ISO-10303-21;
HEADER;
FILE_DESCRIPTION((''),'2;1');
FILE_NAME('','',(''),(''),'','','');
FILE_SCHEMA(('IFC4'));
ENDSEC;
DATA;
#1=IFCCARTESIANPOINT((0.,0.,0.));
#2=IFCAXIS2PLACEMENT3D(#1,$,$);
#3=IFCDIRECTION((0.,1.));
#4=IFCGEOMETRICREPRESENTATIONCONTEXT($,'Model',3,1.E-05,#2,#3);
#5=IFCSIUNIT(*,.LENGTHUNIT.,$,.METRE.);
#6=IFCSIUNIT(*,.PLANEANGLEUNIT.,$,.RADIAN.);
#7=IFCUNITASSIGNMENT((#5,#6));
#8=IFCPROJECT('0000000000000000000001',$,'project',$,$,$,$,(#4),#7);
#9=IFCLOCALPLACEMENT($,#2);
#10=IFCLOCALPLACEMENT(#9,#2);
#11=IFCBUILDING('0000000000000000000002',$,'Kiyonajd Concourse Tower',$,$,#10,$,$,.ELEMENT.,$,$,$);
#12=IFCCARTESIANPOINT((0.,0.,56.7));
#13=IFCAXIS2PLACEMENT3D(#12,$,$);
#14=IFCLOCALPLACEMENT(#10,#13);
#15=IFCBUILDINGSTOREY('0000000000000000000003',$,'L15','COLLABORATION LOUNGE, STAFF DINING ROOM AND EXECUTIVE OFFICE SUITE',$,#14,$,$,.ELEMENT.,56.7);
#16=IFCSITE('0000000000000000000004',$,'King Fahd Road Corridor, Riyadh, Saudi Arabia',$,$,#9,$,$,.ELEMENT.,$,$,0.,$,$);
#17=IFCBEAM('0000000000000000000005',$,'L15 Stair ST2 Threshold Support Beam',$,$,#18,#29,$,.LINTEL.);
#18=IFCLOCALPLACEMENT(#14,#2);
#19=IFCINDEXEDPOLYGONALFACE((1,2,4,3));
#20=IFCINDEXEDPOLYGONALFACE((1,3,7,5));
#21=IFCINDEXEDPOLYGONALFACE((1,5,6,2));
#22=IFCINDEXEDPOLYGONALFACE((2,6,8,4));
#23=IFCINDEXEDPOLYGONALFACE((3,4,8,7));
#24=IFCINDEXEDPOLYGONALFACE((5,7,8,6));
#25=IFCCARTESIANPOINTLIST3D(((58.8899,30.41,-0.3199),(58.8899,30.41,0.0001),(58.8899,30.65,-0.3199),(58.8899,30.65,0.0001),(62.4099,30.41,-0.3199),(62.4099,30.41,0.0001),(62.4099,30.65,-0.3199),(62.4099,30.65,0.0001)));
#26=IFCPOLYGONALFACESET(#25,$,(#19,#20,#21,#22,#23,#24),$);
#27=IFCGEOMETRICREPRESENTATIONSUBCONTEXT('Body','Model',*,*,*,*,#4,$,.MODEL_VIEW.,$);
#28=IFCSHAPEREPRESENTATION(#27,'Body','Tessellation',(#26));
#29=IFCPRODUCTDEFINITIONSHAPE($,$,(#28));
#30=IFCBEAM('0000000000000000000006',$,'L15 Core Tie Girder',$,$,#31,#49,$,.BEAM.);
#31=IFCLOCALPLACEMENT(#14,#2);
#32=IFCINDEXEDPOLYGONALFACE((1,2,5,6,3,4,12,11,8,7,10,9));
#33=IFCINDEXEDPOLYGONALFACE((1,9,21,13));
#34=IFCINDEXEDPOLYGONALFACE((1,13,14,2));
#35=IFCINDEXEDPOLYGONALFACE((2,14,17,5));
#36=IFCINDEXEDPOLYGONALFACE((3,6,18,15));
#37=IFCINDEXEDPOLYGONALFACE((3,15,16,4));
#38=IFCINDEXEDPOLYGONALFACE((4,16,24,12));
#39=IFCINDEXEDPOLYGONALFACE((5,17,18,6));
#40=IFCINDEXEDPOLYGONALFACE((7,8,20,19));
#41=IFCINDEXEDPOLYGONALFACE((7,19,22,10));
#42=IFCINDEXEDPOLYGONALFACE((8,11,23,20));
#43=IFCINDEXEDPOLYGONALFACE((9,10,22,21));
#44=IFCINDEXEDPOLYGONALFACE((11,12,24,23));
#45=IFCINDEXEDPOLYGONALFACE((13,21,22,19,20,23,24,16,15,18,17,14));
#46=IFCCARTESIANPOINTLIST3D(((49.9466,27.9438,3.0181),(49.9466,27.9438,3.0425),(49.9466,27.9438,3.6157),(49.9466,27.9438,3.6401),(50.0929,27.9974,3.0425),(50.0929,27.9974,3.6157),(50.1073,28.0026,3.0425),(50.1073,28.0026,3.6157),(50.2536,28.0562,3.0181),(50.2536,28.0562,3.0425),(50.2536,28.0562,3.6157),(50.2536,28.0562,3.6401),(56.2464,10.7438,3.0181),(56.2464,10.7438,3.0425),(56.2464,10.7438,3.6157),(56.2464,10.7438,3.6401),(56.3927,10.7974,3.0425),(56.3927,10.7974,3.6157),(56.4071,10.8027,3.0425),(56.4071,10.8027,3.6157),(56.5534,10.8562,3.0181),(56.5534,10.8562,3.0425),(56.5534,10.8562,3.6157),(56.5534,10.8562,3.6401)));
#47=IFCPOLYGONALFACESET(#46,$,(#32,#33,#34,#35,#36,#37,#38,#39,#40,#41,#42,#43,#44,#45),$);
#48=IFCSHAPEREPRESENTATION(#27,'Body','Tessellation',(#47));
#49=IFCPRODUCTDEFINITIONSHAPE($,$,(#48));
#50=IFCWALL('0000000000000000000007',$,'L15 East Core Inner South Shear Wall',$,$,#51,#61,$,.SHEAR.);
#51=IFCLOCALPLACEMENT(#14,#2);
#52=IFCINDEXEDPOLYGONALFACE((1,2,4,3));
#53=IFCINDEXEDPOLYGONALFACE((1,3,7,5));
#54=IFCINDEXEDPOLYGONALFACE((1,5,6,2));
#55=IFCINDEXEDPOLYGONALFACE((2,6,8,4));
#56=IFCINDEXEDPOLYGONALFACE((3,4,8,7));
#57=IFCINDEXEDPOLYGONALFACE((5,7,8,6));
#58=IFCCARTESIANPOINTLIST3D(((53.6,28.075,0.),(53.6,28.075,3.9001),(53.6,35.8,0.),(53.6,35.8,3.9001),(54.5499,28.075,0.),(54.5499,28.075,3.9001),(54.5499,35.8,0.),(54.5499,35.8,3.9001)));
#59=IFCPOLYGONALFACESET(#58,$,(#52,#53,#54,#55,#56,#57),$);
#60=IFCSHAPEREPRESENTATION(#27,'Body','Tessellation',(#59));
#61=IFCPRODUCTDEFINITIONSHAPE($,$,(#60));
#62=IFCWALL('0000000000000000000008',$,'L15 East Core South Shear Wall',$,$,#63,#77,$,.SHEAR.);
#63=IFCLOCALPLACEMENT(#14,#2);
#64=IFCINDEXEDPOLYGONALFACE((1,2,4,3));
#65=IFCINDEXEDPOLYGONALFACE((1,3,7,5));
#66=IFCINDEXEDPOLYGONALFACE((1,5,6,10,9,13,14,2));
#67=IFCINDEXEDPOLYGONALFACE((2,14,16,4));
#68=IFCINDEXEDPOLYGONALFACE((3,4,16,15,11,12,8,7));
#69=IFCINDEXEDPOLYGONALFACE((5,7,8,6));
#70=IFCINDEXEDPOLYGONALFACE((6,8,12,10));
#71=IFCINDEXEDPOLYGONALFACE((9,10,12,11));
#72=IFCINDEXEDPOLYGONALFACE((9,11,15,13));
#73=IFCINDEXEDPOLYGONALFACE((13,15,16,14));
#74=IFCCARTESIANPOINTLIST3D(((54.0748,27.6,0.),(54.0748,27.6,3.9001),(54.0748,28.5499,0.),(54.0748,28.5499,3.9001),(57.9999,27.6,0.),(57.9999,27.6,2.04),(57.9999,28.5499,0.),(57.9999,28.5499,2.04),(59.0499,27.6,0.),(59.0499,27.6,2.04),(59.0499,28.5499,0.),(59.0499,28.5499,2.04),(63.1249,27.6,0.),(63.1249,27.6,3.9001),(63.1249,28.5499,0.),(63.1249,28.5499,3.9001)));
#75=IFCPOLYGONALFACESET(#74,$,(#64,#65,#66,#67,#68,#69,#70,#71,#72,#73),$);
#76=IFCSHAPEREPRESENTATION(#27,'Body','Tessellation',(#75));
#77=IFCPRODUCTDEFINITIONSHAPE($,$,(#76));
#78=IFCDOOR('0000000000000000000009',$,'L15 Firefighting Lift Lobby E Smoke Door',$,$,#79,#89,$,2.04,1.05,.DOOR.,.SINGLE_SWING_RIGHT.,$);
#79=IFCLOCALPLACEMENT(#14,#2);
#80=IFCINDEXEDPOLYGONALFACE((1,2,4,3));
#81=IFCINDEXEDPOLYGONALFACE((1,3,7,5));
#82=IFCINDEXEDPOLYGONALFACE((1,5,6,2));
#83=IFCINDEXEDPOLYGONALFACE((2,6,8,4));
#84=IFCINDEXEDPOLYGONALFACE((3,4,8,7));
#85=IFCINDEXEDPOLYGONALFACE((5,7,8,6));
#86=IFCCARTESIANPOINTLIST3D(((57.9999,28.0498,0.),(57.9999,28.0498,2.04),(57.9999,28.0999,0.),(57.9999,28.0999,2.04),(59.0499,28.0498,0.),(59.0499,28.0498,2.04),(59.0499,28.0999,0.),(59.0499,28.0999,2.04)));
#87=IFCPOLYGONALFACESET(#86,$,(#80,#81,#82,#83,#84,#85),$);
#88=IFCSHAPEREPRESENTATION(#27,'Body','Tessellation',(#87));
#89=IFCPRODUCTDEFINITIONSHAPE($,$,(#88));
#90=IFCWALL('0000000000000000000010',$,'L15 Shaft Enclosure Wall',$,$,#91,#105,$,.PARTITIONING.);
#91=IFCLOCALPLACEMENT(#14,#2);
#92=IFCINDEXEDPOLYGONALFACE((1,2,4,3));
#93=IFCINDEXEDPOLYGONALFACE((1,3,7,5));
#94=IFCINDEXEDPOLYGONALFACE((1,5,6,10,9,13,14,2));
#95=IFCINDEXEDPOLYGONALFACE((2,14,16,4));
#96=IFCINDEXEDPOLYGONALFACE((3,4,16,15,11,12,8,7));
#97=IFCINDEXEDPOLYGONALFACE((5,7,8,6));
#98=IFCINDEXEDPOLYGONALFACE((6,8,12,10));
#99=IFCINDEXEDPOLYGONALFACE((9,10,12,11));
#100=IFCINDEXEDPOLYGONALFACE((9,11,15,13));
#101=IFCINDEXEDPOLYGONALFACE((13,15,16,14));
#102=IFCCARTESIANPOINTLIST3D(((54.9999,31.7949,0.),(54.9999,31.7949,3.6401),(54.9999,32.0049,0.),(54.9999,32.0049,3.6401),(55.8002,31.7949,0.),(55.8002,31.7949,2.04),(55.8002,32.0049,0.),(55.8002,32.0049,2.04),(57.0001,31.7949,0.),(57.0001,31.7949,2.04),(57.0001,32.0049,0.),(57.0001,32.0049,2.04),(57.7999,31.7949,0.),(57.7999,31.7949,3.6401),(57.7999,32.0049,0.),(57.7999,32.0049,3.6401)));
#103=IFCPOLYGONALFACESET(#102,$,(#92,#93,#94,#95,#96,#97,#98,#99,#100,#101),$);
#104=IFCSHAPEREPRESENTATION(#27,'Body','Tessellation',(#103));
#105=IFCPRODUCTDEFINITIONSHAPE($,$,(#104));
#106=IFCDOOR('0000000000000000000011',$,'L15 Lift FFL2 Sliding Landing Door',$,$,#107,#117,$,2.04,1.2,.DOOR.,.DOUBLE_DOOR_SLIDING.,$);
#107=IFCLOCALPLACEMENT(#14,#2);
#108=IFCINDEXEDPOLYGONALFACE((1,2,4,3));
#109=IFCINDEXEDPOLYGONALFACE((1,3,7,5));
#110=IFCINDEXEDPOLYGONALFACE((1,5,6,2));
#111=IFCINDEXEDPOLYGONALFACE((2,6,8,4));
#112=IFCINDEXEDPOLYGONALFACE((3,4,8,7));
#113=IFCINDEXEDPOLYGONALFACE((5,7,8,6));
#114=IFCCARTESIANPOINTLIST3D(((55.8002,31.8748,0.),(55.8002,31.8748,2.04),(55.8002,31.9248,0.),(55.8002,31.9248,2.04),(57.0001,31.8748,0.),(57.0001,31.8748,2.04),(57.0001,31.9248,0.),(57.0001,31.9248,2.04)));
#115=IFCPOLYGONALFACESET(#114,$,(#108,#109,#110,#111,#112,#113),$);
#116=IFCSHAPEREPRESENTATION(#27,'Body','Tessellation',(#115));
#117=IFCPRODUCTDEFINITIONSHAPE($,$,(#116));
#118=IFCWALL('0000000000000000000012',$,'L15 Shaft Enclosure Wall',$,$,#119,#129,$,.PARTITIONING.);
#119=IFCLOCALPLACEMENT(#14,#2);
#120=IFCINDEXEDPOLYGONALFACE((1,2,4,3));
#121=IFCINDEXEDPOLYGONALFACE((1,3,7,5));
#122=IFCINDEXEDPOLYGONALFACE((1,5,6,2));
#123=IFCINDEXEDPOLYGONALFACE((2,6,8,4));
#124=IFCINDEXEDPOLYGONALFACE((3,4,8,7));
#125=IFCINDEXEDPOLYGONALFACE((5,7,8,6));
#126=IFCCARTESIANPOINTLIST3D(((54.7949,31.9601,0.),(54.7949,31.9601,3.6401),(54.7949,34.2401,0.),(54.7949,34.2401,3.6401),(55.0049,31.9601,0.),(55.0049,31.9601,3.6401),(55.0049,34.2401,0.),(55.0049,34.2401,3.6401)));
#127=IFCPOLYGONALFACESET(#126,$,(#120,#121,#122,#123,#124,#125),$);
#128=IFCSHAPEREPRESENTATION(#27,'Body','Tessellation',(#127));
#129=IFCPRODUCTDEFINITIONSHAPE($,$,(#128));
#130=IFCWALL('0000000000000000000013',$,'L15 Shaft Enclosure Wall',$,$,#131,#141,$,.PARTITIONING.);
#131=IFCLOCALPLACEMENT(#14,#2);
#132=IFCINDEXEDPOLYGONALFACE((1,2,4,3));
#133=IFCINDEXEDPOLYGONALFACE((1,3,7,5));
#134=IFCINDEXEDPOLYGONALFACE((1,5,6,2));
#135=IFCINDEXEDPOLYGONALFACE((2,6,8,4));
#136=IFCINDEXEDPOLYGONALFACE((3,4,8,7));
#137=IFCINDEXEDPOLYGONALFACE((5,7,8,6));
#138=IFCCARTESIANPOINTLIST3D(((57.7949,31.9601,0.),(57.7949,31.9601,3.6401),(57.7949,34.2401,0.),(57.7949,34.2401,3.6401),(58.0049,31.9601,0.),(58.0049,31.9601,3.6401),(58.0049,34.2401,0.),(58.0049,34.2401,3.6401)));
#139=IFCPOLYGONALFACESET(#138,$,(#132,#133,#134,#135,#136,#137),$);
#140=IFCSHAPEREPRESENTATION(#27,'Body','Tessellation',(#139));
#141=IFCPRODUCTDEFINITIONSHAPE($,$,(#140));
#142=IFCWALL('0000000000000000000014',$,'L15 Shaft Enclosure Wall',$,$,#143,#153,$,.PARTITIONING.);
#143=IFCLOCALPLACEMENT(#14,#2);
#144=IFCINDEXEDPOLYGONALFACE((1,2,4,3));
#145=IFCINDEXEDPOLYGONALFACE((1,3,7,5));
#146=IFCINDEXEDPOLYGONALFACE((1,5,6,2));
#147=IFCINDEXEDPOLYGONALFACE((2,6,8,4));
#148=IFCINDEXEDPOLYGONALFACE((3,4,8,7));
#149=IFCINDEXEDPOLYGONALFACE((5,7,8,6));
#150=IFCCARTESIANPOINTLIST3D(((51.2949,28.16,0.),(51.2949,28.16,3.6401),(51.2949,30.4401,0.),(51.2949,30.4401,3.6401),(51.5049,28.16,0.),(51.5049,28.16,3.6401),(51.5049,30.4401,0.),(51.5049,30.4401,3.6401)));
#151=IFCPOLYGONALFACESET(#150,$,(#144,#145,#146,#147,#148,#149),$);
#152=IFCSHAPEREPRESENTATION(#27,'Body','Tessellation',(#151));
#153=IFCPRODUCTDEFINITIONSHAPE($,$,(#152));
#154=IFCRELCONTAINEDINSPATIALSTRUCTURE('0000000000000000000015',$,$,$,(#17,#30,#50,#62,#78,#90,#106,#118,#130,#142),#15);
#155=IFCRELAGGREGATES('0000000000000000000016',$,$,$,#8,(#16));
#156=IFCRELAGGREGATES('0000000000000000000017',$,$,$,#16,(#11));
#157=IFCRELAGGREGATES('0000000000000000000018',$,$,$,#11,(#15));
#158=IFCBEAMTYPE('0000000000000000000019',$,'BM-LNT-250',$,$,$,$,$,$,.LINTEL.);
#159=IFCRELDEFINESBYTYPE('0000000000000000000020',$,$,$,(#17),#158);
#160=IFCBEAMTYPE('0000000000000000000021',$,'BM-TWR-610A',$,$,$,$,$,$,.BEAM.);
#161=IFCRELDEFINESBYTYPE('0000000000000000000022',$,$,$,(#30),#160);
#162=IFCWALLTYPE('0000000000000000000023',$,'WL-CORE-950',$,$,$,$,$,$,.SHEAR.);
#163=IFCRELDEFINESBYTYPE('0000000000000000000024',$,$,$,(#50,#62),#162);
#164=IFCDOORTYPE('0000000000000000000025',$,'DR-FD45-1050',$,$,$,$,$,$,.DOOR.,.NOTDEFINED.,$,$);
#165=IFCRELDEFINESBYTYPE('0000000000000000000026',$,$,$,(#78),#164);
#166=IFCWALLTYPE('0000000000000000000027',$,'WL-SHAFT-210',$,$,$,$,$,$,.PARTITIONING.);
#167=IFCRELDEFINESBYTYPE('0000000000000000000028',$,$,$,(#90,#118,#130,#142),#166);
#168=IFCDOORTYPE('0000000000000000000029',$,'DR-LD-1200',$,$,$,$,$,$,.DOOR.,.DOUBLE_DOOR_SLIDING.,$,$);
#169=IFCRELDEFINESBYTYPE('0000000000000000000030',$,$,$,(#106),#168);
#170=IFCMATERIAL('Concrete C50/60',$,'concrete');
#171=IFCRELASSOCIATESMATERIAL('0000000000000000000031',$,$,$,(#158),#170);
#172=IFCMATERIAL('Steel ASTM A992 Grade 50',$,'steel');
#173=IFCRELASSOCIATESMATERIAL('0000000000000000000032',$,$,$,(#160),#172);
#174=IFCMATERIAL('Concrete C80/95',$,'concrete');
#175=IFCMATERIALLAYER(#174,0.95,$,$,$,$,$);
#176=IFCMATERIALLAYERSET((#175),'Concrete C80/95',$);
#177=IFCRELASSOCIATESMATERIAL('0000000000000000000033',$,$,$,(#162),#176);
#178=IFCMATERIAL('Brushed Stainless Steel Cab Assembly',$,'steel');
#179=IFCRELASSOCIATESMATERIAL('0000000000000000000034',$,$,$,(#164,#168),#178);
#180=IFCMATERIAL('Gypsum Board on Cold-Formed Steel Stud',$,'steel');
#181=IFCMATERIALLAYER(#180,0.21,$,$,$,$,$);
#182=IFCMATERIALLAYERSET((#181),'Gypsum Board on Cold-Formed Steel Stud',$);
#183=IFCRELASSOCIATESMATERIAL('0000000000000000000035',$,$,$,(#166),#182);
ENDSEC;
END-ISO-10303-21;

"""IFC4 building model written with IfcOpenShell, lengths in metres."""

from ifc_helpers import new_model, si_unit, direction, frame, frame_2d, origin, origin_2d, place, context, subcontext, project, spatial, rectangle, i_section, extrude, material, layer, layer_set, material_profile, profile_set, type_object, element, fill, save


model = new_model("IFC4")

# Units and contexts
model_context = context("Model", 3, precision=1e-05, world=origin(), true_north=direction((0.0, 1.0)))
body_context = subcontext(model_context, "Body", "Model", "MODEL_VIEW")
ifc_project = project(units=[si_unit("LENGTHUNIT", "METRE"), si_unit("PLANEANGLEUNIT", "RADIAN")], contexts=[model_context])

# Site, building, storey
site_placement = place(None, origin())
site = spatial("IfcSite", under=ifc_project, at=site_placement, Name="King Fahd Road Corridor, Riyadh, Saudi Arabia", CompositionType="ELEMENT", RefElevation=0.0)
building_placement = place(site_placement, origin())
building = spatial("IfcBuilding", under=site, at=building_placement, Name="Kiyonajd Concourse Tower", CompositionType="ELEMENT")
storey_placement = place(building_placement, frame((0.0, 0.0, 56.7)))
storey = spatial("IfcBuildingStorey", under=building, at=storey_placement, Name="L15", Description="COLLABORATION LOUNGE, STAFF DINING ROOM AND EXECUTIVE OFFICE SUITE", CompositionType="ELEMENT", Elevation=56.7)

# Beams
ifc_material_1 = material(Name="Concrete C50/60", Category="concrete")
ifc_material_profile_1 = material_profile(ifc_material_1, rectangle(XDim=0.24, YDim=0.3201, at=origin_2d()), Name="RCBM-240x320")
ifc_profile_set_1 = profile_set([ifc_material_profile_1], Name="Concrete C50/60")
beam_type_1 = type_object("IfcBeamType", Name="BM-LNT-250", PredefinedType="LINTEL", material=ifc_profile_set_1)
beam_1_placement = place(storey_placement, frame((58.8899, 30.53, -0.1599), z_axis=(1.0, 0.0, 0.0), x_axis=(0.0, 1.0, 0.0)))
element("IfcBeam", 1, at=beam_1_placement, inside=storey, type_object=beam_type_1, Name="L15 Stair ST2 Threshold Support Beam", PredefinedType="LINTEL", context=body_context, shape_type="SweptSolid", body=[
    extrude(rectangle(XDim=0.24, YDim=0.3201, at=origin_2d()), origin(), (0.0, 0.0, 1.0), 3.52),
])
ifc_material_2 = material(Name="Steel ASTM A992 Grade 50", Category="steel")
ifc_material_profile_2 = material_profile(ifc_material_2, i_section(OverallWidth=0.3269, OverallDepth=0.6221, WebThickness=0.0154, FlangeThickness=0.0244, at=origin_2d()), Name="W610X195")
ifc_profile_set_2 = profile_set([ifc_material_profile_2], Name="Steel ASTM A992 Grade 50")
beam_type_2 = type_object("IfcBeamType", Name="BM-TWR-610A", PredefinedType="BEAM", material=ifc_profile_set_2)
beam_2_placement = place(storey_placement, frame((50.1001, 28.0, 3.3291), z_axis=(0.343925, -0.938997, 0.0), x_axis=(0.938997, 0.343925, 0.0)))
element("IfcBeam", 2, at=beam_2_placement, inside=storey, type_object=beam_type_2, Name="L15 Core Tie Girder", PredefinedType="BEAM", context=body_context, shape_type="SweptSolid", body=[
    extrude(i_section(OverallWidth=0.3269, OverallDepth=0.6221, WebThickness=0.0154, FlangeThickness=0.0244, at=origin_2d()), origin(), (0.0, 0.0, 1.0), 18.3174),
])

# Wall
ifc_material_3 = material(Name="Concrete C80/95", Category="concrete")
ifc_layer_1 = layer(ifc_material_3, 0.95)
ifc_layer_set_1 = layer_set([ifc_layer_1], Name="Concrete C80/95")
wall_type_1 = type_object("IfcWallType", Name="WL-CORE-950", PredefinedType="SHEAR", material=ifc_layer_set_1)
wall_1_placement = place(storey_placement, frame((54.075, 28.075, 0.0), z_axis=(0.0, 0.0, 1.0), x_axis=(0.0, 1.0, 0.0)))
element("IfcWall", 3, at=wall_1_placement, inside=storey, type_object=wall_type_1, Name="L15 East Core Inner South Shear Wall", PredefinedType="SHEAR", context=body_context, shape_type="SweptSolid", body=[
    extrude(rectangle(XDim=7.7251, YDim=0.95, at=frame_2d((3.8625, 0.0))), origin(), (0.0, 0.0, 1.0), 3.9001),
])

# Walls, openings, doors
wall_2_placement = place(storey_placement, frame((54.075, 28.075, 0.0), z_axis=(0.0, 0.0, 1.0), x_axis=(1.0, 0.0, 0.0)))
wall_2 = element("IfcWall", 4, at=wall_2_placement, inside=storey, type_object=wall_type_1, Name="L15 East Core South Shear Wall", PredefinedType="SHEAR", context=body_context, shape_type="SweptSolid", body=[
    extrude(rectangle(XDim=9.05, YDim=0.95, at=frame_2d((4.5249, 0.0))), origin(), (0.0, 0.0, 1.0), 3.9001),
])
opening_1_placement = place(wall_2_placement, frame((3.925, 0.0, 0.0)))
opening_1 = element("IfcOpeningElement", 5, at=opening_1_placement, cuts=wall_2, PredefinedType="OPENING", context=body_context, shape_type="SweptSolid", body=[
    extrude(rectangle(XDim=1.05, YDim=2.04, at=frame_2d((0.5249, 1.02))), frame((0.0, 0.4849, 0.0), z_axis=(0.0, -1.0, 0.0), x_axis=(1.0, 0.0, 0.0)), (0.0, 0.0, 1.0), 0.97),
])
ifc_material_4 = material(Name="Brushed Stainless Steel Cab Assembly", Category="steel")
door_type_1 = type_object("IfcDoorType", Name="DR-FD45-1050", OperationType="NOTDEFINED", PredefinedType="DOOR", material=ifc_material_4)
door_1_placement = place(opening_1_placement, origin())
door_1 = element("IfcDoor", 6, at=door_1_placement, inside=storey, type_object=door_type_1, Name="L15 Firefighting Lift Lobby E Smoke Door", OperationType="SINGLE_SWING_RIGHT", OverallHeight=2.04, OverallWidth=1.05, PredefinedType="DOOR", context=body_context, shape_type="SweptSolid", body=[
    extrude(rectangle(XDim=1.05, YDim=2.04, at=frame_2d((0.5249, 1.02))), frame((0.0, 0.0249, 0.0), z_axis=(0.0, -1.0, 0.0), x_axis=(1.0, 0.0, 0.0)), (0.0, 0.0, 1.0), 0.05),
])
fill(opening_1, door_1)
ifc_material_5 = material(Name="Gypsum Board on Cold-Formed Steel Stud", Category="steel")
ifc_layer_2 = layer(ifc_material_5, 0.21)
ifc_layer_set_2 = layer_set([ifc_layer_2], Name="Gypsum Board on Cold-Formed Steel Stud")
wall_type_2 = type_object("IfcWallType", Name="WL-SHAFT-210", PredefinedType="PARTITIONING", material=ifc_layer_set_2)
wall_3_placement = place(storey_placement, frame((55.0, 31.8999, 0.0), z_axis=(0.0, 0.0, 1.0), x_axis=(1.0, 0.0, 0.0)))
wall_3 = element("IfcWall", 7, at=wall_3_placement, inside=storey, type_object=wall_type_2, Name="L15 Shaft Enclosure Wall", PredefinedType="PARTITIONING", context=body_context, shape_type="SweptSolid", body=[
    extrude(rectangle(XDim=2.8, YDim=0.21, at=frame_2d((1.3999, 0.0))), origin(), (0.0, 0.0, 1.0), 3.6401),
])
opening_2_placement = place(wall_3_placement, frame((0.8, 0.0, 0.0)))
opening_2 = element("IfcOpeningElement", 8, at=opening_2_placement, cuts=wall_3, PredefinedType="OPENING", context=body_context, shape_type="SweptSolid", body=[
    extrude(rectangle(XDim=1.2, YDim=2.04, at=frame_2d((0.6001, 1.02))), frame((0.0, 0.115, 0.0), z_axis=(0.0, -1.0, 0.0), x_axis=(1.0, 0.0, 0.0)), (0.0, 0.0, 1.0), 0.23),
])
door_type_2 = type_object("IfcDoorType", Name="DR-LD-1200", OperationType="DOUBLE_DOOR_SLIDING", PredefinedType="DOOR", material=ifc_material_4)
door_2_placement = place(opening_2_placement, origin())
door_2 = element("IfcDoor", 9, at=door_2_placement, inside=storey, type_object=door_type_2, Name="L15 Lift FFL2 Sliding Landing Door", OperationType="DOUBLE_DOOR_SLIDING", OverallHeight=2.04, OverallWidth=1.2, PredefinedType="DOOR", context=body_context, shape_type="SweptSolid", body=[
    extrude(rectangle(XDim=1.2, YDim=2.04, at=frame_2d((0.6001, 1.02))), frame((0.0, 0.0249, 0.0), z_axis=(0.0, -1.0, 0.0), x_axis=(1.0, 0.0, 0.0)), (0.0, 0.0, 1.0), 0.05),
])
fill(opening_2, door_2)

# Walls
for number, where, z_axis, x_axis, name in (
    (10, (54.8999, 31.96, 0.0), (0.0, 0.0, 1.0), (0.0, 1.0, 0.0), "L15 Shaft Enclosure Wall"),
    (11, (57.8999, 31.96, 0.0), (0.0, 0.0, 1.0), (0.0, 1.0, 0.0), "L15 Shaft Enclosure Wall"),
    (12, (51.3999, 28.1599, 0.0), (0.0, 0.0, 1.0), (0.0, 1.0, 0.0), "L15 Shaft Enclosure Wall"),
):
    element("IfcWall", number, at=place(storey_placement, frame(where, z_axis=z_axis, x_axis=x_axis)), inside=storey, type_object=wall_type_2, Name=name, PredefinedType="PARTITIONING", context=body_context, shape_type="SweptSolid", body=[
        extrude(rectangle(XDim=2.28, YDim=0.21, at=frame_2d((1.1401, 0.0))), origin(), (0.0, 0.0, 1.0), 3.6401),
    ])

save(model, "model.ifc")
